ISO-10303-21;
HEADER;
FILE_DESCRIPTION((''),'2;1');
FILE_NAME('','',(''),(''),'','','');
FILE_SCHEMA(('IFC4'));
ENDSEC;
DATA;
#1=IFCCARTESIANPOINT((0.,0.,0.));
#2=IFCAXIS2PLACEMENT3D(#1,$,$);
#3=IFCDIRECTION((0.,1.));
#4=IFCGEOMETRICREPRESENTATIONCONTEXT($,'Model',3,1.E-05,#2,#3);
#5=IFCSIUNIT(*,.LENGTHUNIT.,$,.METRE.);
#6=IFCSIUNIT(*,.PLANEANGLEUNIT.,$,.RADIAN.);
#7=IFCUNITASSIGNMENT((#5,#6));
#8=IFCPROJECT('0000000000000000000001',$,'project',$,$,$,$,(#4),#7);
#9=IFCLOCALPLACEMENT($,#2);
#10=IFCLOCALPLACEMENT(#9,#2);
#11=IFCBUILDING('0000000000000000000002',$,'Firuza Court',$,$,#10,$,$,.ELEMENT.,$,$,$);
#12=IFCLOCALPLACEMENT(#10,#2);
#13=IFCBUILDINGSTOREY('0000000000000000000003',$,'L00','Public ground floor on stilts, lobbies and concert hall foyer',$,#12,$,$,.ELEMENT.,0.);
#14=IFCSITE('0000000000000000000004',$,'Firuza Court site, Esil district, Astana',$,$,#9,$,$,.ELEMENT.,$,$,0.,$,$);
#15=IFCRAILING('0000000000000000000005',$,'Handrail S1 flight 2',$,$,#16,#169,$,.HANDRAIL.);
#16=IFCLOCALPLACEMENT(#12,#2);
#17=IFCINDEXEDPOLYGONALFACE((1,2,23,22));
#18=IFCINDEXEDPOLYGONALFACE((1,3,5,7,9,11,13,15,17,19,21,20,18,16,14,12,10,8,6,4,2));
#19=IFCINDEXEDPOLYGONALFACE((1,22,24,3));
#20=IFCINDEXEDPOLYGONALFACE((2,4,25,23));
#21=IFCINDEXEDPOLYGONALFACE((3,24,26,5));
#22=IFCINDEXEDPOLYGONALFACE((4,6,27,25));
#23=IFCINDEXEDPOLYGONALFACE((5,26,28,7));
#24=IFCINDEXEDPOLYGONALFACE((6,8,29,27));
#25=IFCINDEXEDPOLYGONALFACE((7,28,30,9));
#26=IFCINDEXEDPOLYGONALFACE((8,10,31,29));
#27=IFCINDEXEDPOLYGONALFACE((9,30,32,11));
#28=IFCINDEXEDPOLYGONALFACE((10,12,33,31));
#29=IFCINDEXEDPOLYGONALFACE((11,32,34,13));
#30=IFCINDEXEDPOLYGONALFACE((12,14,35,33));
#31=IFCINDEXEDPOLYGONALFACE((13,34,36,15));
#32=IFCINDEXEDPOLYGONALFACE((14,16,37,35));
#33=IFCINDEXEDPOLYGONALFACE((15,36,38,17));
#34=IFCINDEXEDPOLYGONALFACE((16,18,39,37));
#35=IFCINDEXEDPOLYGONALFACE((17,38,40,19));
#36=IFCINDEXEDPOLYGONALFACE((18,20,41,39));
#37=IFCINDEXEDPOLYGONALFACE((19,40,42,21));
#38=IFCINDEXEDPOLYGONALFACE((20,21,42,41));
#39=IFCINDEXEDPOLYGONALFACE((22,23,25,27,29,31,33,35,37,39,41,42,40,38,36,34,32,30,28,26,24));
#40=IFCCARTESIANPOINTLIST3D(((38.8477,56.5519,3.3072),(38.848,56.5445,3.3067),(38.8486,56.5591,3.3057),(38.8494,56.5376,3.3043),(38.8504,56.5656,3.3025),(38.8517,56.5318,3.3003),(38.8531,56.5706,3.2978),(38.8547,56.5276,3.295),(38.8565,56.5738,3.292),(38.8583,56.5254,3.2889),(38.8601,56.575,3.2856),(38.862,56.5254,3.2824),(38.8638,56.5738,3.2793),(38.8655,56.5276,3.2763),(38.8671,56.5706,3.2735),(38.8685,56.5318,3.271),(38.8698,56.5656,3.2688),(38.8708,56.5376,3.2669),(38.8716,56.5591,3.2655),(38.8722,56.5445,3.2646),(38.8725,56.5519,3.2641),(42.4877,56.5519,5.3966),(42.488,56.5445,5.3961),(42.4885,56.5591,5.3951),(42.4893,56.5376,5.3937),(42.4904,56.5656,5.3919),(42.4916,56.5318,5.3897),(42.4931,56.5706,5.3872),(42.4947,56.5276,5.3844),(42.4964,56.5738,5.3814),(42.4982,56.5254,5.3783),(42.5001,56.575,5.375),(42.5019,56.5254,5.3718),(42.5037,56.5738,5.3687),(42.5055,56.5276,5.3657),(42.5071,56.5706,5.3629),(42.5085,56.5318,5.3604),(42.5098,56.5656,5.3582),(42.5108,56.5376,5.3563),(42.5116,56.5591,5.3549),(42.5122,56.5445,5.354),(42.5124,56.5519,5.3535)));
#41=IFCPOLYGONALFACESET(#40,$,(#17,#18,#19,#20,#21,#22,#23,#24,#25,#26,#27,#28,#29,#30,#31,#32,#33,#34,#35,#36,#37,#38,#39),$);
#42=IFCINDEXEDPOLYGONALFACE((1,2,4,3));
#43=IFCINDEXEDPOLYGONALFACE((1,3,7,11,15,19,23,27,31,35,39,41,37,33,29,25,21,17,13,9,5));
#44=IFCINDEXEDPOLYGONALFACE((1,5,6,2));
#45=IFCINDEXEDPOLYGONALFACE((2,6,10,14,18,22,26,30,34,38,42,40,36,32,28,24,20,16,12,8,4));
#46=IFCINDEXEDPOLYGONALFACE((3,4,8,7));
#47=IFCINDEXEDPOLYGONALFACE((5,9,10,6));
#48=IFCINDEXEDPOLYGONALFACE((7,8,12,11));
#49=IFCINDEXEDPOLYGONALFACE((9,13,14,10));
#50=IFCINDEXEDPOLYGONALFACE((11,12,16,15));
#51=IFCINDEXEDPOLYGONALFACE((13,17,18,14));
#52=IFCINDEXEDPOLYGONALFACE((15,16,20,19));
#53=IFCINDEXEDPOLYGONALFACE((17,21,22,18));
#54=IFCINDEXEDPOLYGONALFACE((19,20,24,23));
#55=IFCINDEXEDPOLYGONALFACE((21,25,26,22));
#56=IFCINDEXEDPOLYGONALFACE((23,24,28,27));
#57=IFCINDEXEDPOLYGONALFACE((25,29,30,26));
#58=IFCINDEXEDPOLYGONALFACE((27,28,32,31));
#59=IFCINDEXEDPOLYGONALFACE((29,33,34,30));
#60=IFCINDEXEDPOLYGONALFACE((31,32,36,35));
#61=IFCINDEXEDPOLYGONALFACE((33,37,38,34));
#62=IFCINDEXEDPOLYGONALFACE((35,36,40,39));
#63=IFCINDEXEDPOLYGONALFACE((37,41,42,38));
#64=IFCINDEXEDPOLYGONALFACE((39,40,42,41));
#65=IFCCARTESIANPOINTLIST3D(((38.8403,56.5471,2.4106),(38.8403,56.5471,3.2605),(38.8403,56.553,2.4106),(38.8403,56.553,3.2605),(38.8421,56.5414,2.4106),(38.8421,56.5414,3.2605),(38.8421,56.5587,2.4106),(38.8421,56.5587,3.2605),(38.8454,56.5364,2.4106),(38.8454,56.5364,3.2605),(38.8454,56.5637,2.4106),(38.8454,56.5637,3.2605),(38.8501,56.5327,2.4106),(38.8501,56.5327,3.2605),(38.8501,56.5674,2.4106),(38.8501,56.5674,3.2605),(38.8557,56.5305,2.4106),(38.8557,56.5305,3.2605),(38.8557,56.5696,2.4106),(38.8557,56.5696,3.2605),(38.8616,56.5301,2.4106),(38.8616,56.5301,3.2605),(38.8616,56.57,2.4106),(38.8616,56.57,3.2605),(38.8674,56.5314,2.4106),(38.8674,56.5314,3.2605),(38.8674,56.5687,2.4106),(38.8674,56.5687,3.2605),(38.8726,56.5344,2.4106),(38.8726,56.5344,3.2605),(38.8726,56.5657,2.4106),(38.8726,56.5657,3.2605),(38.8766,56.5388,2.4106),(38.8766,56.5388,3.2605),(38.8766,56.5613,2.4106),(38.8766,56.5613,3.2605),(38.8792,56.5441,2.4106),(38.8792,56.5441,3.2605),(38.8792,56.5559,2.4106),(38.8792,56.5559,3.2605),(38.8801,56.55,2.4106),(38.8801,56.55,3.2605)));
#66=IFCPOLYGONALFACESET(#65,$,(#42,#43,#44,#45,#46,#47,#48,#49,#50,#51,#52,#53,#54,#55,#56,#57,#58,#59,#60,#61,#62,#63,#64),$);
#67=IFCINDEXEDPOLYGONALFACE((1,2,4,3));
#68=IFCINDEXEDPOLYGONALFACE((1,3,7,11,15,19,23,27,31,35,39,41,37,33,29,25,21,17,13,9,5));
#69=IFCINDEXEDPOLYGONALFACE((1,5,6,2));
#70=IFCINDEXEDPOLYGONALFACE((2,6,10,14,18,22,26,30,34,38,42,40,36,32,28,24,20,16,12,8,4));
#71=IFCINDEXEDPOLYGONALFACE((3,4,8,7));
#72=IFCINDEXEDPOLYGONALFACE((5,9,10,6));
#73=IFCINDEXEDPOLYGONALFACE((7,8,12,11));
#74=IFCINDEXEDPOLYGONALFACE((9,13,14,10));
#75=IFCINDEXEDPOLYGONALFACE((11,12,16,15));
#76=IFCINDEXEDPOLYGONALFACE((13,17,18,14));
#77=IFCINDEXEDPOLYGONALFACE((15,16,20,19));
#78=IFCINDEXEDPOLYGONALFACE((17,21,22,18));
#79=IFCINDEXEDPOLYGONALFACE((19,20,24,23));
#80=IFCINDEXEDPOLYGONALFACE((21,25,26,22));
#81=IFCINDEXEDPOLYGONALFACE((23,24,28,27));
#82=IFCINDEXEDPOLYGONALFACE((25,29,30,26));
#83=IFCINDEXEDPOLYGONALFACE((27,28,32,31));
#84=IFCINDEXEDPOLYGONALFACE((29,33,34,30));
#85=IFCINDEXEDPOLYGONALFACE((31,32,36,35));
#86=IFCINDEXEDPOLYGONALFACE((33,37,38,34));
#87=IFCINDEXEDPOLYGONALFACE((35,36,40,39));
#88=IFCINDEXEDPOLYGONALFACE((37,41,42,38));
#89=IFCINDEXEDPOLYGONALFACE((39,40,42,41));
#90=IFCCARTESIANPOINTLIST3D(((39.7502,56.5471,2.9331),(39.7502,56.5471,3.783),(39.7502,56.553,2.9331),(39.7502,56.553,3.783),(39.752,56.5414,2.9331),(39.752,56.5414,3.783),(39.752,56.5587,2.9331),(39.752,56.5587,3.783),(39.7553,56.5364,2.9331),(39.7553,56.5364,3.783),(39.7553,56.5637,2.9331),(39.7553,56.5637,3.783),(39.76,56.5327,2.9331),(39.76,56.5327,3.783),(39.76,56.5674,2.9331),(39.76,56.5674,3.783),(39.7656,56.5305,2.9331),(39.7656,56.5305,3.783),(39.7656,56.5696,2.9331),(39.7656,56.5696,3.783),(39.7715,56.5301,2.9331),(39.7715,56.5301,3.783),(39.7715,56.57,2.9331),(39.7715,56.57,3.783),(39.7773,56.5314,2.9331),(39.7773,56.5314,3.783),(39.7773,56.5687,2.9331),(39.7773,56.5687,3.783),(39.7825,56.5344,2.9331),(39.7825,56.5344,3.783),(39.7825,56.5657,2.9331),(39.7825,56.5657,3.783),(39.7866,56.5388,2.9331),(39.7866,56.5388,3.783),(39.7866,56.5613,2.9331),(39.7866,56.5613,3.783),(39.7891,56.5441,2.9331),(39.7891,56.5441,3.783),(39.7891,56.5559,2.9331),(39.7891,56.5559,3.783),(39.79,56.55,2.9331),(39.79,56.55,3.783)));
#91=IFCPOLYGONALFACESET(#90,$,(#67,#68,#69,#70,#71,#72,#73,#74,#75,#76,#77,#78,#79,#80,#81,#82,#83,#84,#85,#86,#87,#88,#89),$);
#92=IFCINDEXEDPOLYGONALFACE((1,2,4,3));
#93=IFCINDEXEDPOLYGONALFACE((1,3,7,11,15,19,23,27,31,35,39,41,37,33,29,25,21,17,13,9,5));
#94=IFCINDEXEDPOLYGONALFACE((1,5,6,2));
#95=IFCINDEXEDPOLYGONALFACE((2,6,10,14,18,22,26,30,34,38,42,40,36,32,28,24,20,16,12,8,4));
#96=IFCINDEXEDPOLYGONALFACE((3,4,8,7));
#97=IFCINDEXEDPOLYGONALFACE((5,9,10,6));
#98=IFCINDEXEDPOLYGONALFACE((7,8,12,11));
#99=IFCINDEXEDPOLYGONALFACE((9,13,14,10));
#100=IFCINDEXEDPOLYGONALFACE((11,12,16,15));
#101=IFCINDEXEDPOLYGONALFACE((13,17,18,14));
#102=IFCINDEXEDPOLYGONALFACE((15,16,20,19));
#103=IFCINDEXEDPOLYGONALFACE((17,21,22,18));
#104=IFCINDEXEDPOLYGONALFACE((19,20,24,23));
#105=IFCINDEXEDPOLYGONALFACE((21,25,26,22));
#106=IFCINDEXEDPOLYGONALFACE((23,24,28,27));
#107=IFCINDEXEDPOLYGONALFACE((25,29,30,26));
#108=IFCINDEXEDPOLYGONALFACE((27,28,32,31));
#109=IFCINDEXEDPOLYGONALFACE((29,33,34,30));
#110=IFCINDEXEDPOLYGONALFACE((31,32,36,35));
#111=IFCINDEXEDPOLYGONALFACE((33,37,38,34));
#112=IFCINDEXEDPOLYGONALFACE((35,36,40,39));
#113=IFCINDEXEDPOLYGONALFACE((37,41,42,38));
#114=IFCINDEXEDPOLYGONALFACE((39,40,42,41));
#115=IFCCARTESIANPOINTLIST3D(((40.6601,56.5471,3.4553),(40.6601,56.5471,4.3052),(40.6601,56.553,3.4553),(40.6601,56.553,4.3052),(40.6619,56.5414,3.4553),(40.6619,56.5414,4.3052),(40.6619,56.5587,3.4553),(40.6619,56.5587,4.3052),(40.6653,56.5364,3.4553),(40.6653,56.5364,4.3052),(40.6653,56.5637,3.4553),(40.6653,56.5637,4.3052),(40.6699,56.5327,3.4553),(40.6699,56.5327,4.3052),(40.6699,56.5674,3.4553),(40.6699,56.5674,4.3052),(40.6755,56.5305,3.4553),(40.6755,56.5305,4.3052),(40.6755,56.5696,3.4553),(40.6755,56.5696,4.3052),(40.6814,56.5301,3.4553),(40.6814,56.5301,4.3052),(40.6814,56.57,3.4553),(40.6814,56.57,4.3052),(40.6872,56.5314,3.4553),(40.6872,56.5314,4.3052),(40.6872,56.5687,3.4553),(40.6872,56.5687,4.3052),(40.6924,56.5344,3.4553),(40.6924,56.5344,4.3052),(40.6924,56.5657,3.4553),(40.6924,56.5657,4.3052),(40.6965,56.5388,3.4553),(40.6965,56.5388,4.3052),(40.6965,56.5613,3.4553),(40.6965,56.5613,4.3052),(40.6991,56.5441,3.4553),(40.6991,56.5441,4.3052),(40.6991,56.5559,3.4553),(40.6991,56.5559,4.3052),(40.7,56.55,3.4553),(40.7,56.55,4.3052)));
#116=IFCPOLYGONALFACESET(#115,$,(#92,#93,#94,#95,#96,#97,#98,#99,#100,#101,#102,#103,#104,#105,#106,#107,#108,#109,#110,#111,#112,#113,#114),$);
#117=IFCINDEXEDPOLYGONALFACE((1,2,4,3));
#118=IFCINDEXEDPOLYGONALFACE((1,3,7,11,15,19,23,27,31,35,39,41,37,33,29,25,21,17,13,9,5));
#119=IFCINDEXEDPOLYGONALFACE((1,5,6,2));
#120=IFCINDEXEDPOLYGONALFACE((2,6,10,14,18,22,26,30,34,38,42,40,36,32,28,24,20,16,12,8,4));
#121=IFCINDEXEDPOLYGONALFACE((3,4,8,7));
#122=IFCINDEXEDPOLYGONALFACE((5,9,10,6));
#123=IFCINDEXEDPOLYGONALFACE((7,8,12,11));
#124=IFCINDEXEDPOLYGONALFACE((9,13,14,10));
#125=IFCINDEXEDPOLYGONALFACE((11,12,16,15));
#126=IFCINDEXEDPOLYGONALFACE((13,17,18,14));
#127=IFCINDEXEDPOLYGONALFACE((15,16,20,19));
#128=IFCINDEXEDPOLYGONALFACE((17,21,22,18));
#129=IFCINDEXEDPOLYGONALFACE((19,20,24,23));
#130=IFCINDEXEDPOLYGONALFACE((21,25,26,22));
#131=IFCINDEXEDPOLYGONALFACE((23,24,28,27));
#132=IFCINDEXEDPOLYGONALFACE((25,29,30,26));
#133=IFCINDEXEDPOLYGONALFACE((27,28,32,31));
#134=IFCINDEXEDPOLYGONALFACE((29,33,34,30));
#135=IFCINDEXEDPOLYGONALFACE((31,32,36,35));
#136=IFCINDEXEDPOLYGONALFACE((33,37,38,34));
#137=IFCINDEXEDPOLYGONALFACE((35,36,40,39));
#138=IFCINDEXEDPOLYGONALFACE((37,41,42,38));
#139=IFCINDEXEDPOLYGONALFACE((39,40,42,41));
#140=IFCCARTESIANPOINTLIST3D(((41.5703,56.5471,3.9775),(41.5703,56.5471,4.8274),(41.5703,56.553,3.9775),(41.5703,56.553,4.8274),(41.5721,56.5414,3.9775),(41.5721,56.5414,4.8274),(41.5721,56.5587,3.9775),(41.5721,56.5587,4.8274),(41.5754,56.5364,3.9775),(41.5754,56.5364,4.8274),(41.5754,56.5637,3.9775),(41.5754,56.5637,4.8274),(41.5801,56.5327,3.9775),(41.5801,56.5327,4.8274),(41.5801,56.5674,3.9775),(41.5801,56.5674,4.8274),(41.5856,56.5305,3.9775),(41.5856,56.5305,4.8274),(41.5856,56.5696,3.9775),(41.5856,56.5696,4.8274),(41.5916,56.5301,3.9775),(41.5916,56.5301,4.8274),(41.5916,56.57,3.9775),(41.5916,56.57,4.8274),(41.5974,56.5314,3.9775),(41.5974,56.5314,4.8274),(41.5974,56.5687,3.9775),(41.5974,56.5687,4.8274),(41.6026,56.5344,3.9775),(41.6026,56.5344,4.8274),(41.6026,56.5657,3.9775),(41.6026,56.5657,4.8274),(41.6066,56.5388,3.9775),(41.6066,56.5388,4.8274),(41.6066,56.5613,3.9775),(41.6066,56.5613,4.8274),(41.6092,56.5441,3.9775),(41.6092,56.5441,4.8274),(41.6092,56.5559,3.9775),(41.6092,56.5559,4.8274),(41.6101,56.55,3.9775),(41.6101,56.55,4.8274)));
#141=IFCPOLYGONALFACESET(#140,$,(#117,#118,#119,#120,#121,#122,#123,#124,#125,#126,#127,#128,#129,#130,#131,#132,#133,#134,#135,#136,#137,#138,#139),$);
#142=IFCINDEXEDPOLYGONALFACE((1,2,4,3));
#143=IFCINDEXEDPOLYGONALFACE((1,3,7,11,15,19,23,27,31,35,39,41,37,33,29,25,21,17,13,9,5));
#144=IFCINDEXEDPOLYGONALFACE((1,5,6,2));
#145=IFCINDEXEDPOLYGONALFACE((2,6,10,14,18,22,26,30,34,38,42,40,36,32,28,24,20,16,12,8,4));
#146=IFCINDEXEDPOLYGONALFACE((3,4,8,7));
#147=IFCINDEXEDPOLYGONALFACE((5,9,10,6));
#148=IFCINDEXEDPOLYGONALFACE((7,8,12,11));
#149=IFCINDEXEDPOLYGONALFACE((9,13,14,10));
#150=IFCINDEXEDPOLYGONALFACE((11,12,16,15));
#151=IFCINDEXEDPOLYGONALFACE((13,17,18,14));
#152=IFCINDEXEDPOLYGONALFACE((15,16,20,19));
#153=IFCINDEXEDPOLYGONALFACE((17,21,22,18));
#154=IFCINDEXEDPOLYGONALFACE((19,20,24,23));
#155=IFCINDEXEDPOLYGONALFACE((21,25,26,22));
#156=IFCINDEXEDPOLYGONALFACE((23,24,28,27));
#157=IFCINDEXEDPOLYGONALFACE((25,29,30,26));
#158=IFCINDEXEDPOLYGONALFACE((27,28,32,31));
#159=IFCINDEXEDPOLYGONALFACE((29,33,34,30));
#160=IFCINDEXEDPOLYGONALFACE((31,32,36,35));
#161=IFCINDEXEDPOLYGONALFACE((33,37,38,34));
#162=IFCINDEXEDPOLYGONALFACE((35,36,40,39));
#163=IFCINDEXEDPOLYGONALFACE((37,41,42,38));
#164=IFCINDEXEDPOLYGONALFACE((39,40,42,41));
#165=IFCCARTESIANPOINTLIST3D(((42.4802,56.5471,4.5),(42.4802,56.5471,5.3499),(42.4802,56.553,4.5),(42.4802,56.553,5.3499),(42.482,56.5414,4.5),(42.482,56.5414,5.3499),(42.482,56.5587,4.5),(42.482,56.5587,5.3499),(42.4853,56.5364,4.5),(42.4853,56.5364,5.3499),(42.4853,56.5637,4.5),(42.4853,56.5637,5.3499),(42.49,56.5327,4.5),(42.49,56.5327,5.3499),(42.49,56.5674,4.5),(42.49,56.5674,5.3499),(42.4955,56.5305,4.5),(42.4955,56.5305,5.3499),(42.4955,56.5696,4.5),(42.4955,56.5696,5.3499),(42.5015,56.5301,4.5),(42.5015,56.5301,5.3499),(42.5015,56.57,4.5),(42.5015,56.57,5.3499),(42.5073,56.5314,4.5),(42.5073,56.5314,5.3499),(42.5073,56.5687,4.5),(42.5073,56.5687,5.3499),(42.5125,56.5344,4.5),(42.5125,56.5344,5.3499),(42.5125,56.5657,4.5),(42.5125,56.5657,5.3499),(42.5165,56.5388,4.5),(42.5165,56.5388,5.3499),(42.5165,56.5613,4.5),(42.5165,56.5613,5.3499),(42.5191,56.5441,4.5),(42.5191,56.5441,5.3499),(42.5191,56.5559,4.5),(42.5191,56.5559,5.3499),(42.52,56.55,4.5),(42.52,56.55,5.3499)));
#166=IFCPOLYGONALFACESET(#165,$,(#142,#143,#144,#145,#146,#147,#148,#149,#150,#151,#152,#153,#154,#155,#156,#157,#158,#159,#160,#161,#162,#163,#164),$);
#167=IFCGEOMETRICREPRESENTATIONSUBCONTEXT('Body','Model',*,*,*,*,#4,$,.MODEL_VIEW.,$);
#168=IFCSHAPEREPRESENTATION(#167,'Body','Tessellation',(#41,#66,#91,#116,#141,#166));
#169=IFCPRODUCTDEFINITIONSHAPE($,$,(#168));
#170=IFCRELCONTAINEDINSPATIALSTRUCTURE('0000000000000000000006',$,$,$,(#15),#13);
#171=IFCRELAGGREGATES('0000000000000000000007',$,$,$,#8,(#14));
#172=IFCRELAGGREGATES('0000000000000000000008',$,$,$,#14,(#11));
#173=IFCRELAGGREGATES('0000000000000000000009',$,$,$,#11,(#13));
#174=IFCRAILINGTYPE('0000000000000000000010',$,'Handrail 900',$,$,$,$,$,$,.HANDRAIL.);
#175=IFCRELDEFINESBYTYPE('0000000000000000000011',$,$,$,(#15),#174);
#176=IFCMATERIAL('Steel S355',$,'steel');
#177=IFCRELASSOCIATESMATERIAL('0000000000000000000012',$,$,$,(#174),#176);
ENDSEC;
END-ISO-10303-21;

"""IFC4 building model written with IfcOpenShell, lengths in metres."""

from ifc_helpers import new_model, si_unit, direction, frame, origin, origin_2d, place, context, subcontext, project, spatial, circle, extrude, material, type_object, element, save


model = new_model("IFC4")

# Units and contexts
model_context = context("Model", 3, precision=1e-05, world=origin(), true_north=direction((0.0, 1.0)))
body_context = subcontext(model_context, "Body", "Model", "MODEL_VIEW")
ifc_project = project(units=[si_unit("LENGTHUNIT", "METRE"), si_unit("PLANEANGLEUNIT", "RADIAN")], contexts=[model_context])

# Site, building, storey
site_placement = place(None, origin())
site = spatial("IfcSite", under=ifc_project, at=site_placement, Name="Firuza Court site, Esil district, Astana", CompositionType="ELEMENT", RefElevation=0.0)
building_placement = place(site_placement, origin())
building = spatial("IfcBuilding", under=site, at=building_placement, Name="Firuza Court", CompositionType="ELEMENT")
storey_placement = place(building_placement, origin())
storey = spatial("IfcBuildingStorey", under=building, at=storey_placement, Name="L00", Description="Public ground floor on stilts, lobbies and concert hall foyer", CompositionType="ELEMENT", Elevation=0.0)

# Railing
ifc_material_1 = material(Name="Steel S355", Category="steel")
railing_type_1 = type_object("IfcRailingType", Name="Handrail 900", PredefinedType="HANDRAIL", material=ifc_material_1)
railing_1_placement = place(storey_placement, frame((38.8601, 56.55, 2.4106)))
element("IfcRailing", 1, at=railing_1_placement, inside=storey, type_object=railing_type_1, Name="Handrail S1 flight 2", PredefinedType="HANDRAIL", context=body_context, shape_type="SweptSolid", body=[
    extrude(circle(Radius=0.0249, at=origin_2d()), frame((0.0, 0.0, 0.875), z_axis=(0.867275, 0.0, 0.497829), x_axis=(0.0, 1.0, 0.0)), (0.0, 0.0, 1.0), 4.197),
    extrude(circle(Radius=0.02, at=origin_2d()), origin(), (0.0, 0.0, 1.0), 0.8499),
    extrude(circle(Radius=0.02, at=origin_2d()), frame((0.9099, 0.0, 0.5225)), (0.0, 0.0, 1.0), 0.8499),
    extrude(circle(Radius=0.02, at=origin_2d()), frame((1.8198, 0.0, 1.0447)), (0.0, 0.0, 1.0), 0.8499),
    extrude(circle(Radius=0.02, at=origin_2d()), frame((2.73, 0.0, 1.5669)), (0.0, 0.0, 1.0), 0.8499),
    extrude(circle(Radius=0.02, at=origin_2d()), frame((3.6399, 0.0, 2.0894)), (0.0, 0.0, 1.0), 0.8499),
])

save(model, "model.ifc")
